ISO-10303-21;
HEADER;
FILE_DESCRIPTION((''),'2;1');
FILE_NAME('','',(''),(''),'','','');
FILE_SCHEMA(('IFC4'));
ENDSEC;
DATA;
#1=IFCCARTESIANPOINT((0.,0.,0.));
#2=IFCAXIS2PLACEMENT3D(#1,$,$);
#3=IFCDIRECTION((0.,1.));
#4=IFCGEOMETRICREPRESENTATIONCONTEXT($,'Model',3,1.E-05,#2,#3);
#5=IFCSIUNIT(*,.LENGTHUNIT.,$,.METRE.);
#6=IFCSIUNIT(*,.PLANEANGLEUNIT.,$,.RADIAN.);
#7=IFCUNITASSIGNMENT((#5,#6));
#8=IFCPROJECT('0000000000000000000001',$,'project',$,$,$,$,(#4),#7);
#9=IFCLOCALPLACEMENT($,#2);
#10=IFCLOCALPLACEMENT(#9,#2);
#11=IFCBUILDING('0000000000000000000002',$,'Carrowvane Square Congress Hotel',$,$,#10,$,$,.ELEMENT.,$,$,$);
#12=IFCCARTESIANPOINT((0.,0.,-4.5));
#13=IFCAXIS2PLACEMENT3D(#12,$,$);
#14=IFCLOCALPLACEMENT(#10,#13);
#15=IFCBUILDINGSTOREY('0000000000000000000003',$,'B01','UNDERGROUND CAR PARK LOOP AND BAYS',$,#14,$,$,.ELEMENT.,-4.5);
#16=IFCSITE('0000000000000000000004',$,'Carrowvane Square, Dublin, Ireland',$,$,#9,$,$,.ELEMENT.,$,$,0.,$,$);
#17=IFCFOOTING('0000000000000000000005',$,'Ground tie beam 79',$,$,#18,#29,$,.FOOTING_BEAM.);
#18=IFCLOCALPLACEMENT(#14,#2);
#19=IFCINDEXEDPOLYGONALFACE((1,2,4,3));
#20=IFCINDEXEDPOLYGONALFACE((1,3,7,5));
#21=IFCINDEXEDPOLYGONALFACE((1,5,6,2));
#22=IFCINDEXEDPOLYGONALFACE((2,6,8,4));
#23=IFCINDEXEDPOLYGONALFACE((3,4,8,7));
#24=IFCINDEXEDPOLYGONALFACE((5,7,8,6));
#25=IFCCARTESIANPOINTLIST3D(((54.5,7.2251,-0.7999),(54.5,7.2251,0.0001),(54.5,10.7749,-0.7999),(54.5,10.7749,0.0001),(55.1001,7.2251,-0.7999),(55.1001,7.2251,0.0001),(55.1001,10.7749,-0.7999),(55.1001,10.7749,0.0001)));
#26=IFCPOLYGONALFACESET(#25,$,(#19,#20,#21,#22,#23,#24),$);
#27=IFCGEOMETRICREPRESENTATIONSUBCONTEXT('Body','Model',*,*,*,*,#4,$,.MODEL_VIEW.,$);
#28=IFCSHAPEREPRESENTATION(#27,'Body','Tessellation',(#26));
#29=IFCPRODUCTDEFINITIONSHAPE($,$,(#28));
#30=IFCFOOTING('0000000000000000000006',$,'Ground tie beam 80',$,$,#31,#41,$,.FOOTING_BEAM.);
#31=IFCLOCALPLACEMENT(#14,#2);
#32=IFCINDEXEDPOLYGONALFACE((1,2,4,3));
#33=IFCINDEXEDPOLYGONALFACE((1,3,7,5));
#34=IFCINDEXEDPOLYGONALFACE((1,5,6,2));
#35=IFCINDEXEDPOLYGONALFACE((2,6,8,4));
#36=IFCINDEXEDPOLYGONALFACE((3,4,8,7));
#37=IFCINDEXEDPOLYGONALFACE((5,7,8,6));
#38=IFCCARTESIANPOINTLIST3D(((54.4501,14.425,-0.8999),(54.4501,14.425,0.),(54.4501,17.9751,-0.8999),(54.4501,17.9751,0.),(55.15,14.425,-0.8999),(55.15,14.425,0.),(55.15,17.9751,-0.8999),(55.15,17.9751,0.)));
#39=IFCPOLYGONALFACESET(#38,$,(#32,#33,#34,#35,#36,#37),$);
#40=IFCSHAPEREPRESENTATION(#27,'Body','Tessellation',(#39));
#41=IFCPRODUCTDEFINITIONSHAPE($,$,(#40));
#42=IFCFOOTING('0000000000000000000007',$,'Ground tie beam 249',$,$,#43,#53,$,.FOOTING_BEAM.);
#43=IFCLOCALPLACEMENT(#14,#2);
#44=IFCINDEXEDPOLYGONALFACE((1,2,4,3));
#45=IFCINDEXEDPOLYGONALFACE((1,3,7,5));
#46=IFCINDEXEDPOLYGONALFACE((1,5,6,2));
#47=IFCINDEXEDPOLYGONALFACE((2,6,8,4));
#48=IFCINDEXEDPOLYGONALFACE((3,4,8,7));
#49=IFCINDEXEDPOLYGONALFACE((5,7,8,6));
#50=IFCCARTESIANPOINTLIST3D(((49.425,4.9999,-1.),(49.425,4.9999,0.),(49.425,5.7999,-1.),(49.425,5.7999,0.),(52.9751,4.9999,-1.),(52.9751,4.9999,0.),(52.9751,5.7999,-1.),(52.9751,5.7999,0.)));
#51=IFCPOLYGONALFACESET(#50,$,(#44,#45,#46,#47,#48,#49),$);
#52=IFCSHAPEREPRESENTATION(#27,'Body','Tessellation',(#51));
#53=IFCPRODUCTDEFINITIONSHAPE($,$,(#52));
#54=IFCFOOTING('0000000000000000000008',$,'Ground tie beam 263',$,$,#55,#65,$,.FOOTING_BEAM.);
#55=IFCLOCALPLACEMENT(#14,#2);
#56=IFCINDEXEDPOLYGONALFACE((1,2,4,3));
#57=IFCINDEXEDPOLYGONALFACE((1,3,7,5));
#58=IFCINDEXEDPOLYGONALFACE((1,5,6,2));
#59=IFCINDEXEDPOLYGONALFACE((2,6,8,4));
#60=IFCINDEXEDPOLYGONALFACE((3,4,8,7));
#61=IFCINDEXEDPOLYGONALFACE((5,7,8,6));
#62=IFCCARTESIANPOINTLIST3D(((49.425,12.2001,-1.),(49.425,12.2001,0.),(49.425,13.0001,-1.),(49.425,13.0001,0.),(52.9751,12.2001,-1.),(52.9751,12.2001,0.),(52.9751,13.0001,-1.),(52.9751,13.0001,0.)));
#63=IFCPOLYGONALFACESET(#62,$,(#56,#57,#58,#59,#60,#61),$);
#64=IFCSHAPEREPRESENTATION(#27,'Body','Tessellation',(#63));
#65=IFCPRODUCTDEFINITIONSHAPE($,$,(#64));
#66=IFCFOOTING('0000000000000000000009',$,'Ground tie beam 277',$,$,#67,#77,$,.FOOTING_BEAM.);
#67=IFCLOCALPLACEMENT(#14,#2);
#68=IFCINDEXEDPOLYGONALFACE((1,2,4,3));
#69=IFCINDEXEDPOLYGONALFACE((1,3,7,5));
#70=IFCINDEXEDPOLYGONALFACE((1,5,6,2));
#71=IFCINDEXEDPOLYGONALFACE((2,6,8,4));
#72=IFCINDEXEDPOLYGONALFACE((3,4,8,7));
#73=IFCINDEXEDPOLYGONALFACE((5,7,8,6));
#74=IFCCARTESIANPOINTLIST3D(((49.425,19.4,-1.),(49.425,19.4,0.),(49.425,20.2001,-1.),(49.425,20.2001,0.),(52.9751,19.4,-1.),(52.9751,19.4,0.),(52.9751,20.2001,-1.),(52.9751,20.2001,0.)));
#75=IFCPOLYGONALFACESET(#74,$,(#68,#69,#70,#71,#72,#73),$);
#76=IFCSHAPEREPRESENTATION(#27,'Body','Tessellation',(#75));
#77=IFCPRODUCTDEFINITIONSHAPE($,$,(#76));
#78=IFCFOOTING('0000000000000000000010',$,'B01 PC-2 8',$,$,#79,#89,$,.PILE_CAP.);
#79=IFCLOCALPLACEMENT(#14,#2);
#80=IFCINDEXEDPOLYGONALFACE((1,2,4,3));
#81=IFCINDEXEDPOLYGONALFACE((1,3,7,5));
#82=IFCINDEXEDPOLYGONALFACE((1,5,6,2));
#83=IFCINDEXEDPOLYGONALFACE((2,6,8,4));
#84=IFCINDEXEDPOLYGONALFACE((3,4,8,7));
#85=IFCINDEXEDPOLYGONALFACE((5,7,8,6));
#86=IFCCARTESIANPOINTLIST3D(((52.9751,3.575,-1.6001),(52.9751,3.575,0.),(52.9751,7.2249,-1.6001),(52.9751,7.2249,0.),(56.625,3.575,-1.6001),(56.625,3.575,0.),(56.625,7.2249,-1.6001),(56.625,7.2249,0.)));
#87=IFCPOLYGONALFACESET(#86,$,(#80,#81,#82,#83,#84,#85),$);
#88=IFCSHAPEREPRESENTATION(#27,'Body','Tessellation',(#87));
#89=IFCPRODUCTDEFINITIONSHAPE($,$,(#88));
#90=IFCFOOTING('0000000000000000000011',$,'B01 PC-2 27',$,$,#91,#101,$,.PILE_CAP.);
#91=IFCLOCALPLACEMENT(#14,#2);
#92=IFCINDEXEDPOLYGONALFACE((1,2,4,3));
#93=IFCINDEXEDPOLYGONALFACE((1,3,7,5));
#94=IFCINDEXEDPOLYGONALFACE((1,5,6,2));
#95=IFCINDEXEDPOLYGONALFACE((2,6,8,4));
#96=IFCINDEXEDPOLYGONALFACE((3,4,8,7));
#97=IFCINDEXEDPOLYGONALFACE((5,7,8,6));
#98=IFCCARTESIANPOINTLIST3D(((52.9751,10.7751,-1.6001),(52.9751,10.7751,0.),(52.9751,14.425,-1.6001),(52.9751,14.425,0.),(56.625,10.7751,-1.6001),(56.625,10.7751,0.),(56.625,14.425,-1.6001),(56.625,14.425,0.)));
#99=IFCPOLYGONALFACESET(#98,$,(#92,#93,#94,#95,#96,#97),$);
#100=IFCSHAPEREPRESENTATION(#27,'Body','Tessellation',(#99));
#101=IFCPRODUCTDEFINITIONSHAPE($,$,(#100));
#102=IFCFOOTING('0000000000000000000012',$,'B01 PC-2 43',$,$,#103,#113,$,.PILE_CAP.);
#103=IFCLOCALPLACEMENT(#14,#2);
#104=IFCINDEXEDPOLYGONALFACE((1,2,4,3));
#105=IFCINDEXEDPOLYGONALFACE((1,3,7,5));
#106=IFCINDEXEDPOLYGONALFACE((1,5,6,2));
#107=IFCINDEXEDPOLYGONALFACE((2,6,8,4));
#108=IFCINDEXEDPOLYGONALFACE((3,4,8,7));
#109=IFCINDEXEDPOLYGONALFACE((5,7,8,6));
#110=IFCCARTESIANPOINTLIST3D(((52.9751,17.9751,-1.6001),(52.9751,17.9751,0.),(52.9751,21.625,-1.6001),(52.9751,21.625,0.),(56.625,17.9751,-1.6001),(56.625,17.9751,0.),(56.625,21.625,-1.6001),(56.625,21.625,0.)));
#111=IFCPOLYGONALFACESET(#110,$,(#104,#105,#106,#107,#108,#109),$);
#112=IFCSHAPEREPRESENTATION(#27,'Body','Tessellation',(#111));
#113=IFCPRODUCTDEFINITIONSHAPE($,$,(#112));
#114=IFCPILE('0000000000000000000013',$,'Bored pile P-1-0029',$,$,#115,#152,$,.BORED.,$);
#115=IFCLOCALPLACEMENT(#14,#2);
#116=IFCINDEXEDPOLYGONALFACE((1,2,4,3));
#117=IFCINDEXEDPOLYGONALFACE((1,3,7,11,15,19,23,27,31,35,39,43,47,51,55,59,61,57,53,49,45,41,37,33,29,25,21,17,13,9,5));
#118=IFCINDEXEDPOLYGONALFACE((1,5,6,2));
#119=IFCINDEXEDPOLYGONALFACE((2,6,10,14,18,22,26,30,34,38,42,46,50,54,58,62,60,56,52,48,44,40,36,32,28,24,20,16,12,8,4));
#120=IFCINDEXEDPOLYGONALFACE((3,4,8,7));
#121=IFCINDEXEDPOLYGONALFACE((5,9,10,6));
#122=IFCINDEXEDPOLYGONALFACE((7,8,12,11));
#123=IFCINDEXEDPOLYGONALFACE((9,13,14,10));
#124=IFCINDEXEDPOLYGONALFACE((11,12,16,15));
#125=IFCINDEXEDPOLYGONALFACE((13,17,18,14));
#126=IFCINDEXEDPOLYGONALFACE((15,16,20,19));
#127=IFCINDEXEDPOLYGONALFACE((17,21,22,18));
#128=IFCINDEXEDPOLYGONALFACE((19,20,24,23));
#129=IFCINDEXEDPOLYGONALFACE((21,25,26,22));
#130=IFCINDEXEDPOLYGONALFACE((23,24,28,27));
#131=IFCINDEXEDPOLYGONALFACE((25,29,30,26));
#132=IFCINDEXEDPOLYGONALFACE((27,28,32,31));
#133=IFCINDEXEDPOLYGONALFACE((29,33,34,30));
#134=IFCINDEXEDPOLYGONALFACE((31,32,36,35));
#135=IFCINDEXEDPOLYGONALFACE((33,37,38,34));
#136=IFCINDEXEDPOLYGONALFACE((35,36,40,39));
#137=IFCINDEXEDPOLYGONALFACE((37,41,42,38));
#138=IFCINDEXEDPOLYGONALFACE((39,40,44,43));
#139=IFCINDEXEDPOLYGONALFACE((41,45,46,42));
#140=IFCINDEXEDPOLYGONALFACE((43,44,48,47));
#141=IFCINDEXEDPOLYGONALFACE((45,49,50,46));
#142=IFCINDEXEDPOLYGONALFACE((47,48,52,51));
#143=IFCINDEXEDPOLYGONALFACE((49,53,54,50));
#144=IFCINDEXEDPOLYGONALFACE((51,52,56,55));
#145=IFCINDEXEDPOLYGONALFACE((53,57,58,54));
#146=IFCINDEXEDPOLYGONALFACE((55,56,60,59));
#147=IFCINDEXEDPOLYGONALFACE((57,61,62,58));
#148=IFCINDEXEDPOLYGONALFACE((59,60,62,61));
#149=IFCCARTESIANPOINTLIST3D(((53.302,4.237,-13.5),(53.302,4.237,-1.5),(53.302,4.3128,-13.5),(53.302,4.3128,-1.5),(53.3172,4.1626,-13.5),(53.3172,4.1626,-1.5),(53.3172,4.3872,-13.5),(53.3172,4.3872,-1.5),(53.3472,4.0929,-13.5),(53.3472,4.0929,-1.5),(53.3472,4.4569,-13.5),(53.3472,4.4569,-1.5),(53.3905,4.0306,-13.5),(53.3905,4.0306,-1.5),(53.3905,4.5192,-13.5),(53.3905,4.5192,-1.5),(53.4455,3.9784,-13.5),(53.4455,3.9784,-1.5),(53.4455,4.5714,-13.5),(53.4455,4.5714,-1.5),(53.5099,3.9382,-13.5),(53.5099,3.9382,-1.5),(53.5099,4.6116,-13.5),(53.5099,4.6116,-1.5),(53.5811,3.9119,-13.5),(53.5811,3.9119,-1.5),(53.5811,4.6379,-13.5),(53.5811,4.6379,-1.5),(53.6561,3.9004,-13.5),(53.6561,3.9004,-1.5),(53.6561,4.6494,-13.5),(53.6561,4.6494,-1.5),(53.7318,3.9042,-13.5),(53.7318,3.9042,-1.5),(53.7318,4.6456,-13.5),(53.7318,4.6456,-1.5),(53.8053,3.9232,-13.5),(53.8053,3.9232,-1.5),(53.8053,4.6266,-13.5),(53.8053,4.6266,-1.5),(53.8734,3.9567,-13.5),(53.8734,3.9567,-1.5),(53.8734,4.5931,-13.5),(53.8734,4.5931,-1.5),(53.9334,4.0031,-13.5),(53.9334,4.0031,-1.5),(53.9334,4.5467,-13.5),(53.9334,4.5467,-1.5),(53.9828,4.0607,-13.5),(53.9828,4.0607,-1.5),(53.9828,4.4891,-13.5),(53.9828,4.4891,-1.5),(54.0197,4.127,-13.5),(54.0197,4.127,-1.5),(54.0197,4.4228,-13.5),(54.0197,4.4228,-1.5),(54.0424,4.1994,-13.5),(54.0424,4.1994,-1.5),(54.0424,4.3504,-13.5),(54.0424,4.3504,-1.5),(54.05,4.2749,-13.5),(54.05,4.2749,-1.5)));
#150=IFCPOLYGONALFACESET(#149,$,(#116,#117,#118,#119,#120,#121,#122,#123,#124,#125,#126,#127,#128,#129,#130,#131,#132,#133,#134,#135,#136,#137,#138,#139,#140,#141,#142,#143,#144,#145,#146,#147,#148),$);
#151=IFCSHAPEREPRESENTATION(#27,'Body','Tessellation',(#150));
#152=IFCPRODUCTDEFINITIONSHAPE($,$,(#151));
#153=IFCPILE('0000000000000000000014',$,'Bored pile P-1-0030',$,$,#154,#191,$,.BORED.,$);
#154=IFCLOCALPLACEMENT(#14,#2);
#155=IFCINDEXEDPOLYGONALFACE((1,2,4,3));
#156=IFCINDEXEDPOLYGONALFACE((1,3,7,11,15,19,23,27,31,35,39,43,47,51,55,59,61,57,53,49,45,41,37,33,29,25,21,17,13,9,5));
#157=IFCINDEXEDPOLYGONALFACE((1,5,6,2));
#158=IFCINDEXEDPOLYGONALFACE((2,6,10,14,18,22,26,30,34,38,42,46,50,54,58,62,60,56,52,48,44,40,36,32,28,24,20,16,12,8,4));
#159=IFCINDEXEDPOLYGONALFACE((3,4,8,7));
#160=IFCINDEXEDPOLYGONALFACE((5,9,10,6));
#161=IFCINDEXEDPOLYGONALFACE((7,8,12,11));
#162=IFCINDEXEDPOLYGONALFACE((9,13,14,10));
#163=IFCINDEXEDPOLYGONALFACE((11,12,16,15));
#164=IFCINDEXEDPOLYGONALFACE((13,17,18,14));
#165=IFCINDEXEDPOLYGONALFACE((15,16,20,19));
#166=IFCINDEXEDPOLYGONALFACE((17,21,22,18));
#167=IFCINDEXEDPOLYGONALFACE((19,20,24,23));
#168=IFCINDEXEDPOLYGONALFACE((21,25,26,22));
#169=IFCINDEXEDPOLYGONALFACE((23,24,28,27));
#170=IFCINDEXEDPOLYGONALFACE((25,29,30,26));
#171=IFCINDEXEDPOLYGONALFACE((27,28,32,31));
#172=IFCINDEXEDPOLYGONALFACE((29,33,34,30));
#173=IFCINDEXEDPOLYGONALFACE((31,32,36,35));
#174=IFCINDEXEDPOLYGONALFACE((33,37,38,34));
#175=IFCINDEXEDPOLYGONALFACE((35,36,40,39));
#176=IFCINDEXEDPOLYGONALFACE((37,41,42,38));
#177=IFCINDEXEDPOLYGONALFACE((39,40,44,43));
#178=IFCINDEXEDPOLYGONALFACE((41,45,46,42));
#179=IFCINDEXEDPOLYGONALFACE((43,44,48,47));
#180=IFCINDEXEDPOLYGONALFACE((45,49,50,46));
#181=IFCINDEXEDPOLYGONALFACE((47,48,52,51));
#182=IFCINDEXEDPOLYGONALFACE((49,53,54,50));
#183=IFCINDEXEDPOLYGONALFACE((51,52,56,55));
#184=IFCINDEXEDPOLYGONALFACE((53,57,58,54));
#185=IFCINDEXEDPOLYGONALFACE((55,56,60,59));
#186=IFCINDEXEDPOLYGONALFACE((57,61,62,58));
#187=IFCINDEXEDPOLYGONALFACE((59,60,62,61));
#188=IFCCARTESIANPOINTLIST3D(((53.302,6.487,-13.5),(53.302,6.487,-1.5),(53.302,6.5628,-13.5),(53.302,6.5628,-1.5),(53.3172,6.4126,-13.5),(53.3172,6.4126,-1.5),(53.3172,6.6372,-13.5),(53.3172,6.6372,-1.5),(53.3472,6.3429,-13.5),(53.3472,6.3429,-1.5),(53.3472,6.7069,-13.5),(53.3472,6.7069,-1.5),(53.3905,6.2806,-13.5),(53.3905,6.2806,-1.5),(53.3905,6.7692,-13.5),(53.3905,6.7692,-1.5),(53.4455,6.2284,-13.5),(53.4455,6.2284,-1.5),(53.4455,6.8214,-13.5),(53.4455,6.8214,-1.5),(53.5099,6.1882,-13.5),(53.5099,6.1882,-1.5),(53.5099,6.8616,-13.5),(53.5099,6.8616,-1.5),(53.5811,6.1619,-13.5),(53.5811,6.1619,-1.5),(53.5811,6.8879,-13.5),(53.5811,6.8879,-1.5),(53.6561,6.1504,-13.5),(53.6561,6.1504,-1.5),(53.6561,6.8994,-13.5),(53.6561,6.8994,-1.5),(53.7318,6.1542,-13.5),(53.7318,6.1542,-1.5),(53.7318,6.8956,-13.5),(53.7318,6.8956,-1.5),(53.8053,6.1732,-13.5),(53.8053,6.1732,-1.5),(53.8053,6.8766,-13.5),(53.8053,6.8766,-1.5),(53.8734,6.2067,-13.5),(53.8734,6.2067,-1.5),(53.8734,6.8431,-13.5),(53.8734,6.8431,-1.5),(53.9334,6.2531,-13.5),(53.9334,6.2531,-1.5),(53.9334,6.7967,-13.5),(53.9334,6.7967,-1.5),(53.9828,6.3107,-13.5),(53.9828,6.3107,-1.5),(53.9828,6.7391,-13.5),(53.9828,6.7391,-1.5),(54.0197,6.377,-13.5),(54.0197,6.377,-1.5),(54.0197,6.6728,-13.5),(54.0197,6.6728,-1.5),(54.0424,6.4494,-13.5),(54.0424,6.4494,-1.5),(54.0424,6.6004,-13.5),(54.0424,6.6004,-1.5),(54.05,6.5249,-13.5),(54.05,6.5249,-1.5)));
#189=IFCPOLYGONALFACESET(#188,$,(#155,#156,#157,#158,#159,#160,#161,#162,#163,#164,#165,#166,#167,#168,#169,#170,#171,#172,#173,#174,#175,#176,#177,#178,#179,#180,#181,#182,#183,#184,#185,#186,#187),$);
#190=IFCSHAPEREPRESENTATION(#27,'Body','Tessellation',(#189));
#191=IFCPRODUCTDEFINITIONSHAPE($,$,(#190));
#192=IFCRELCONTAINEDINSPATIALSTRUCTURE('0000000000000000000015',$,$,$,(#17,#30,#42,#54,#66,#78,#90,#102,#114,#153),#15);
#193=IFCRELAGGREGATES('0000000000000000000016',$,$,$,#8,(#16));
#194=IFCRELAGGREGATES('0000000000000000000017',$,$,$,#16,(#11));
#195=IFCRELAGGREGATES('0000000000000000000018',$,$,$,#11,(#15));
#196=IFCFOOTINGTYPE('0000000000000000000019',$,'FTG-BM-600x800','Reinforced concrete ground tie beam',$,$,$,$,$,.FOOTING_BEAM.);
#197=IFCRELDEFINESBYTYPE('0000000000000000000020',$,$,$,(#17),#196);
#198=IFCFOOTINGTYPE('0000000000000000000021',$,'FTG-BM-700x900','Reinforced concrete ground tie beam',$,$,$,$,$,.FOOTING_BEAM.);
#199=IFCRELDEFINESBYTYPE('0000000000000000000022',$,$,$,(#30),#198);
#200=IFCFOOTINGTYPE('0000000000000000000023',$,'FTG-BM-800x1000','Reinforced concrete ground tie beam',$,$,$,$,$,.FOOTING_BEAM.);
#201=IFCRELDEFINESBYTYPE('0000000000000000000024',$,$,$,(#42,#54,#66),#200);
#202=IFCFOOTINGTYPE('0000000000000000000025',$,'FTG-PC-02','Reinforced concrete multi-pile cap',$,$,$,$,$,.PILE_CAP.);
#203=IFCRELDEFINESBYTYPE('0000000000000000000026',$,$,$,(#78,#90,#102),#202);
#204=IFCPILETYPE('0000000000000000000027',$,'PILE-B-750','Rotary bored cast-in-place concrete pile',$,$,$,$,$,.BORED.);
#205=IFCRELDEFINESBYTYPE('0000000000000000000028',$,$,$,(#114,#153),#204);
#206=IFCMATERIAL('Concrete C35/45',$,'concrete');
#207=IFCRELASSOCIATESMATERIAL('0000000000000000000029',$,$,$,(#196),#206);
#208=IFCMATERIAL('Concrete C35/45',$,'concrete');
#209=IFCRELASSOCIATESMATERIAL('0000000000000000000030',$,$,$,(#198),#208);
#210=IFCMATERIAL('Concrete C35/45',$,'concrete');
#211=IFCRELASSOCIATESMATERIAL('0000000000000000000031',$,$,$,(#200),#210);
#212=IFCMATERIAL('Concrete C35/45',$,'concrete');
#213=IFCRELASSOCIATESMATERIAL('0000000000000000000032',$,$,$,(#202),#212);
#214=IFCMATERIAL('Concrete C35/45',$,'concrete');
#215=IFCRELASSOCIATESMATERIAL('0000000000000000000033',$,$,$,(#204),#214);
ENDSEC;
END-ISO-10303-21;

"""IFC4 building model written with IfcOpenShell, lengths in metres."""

from ifc_helpers import new_model, si_unit, direction, frame, origin, origin_2d, place, context, subcontext, project, spatial, rectangle, circle, extrude, material, material_profile, profile_set, type_object, element, save


model = new_model("IFC4")

# Units and contexts
model_context = context("Model", 3, precision=1e-05, world=origin(), true_north=direction((0.0, 1.0)))
body_context = subcontext(model_context, "Body", "Model", "MODEL_VIEW")
ifc_project = project(units=[si_unit("LENGTHUNIT", "METRE"), si_unit("PLANEANGLEUNIT", "RADIAN")], contexts=[model_context])

# Site, building, storey
site_placement = place(None, origin())
site = spatial("IfcSite", under=ifc_project, at=site_placement, Name="Carrowvane Square, Dublin, Ireland", CompositionType="ELEMENT", RefElevation=0.0)
building_placement = place(site_placement, origin())
building = spatial("IfcBuilding", under=site, at=building_placement, Name="Carrowvane Square Congress Hotel", CompositionType="ELEMENT")
storey_placement = place(building_placement, frame((0.0, 0.0, -4.5)))
storey = spatial("IfcBuildingStorey", under=building, at=storey_placement, Name="B01", Description="UNDERGROUND CAR PARK LOOP AND BAYS", CompositionType="ELEMENT", Elevation=-4.5)

# Footings
ifc_material_1 = material(Name="Concrete C35/45", Category="concrete")
ifc_material_profile_1 = material_profile(ifc_material_1, rectangle(XDim=0.6001, YDim=0.8, at=origin_2d()), Name="RC 600x800")
ifc_profile_set_1 = profile_set([ifc_material_profile_1], Name="Concrete C35/45")
footing_type_1 = type_object("IfcFootingType", Name="FTG-BM-600x800", Description="Reinforced concrete ground tie beam", PredefinedType="FOOTING_BEAM", material=ifc_profile_set_1)
footing_1_placement = place(storey_placement, frame((54.8, 7.2251, -0.3999), z_axis=(0.0, 1.0, 0.0), x_axis=(-1.0, 0.0, 0.0)))
element("IfcFooting", 1, at=footing_1_placement, inside=storey, type_object=footing_type_1, Name="Ground tie beam 79", PredefinedType="FOOTING_BEAM", context=body_context, shape_type="SweptSolid", body=[
    extrude(rectangle(XDim=0.6001, YDim=0.8, at=origin_2d()), origin(), (0.0, 0.0, 1.0), 3.5498),
])
ifc_material_2 = material(Name="Concrete C35/45", Category="concrete")
ifc_material_profile_2 = material_profile(ifc_material_2, rectangle(XDim=0.7, YDim=0.8999, at=origin_2d()), Name="RC 700x900")
ifc_profile_set_2 = profile_set([ifc_material_profile_2], Name="Concrete C35/45")
footing_type_2 = type_object("IfcFootingType", Name="FTG-BM-700x900", Description="Reinforced concrete ground tie beam", PredefinedType="FOOTING_BEAM", material=ifc_profile_set_2)
footing_2_placement = place(storey_placement, frame((54.8, 14.425, -0.45), z_axis=(0.0, 1.0, 0.0), x_axis=(-1.0, 0.0, 0.0)))
element("IfcFooting", 2, at=footing_2_placement, inside=storey, type_object=footing_type_2, Name="Ground tie beam 80", PredefinedType="FOOTING_BEAM", context=body_context, shape_type="SweptSolid", body=[
    extrude(rectangle(XDim=0.7, YDim=0.8999, at=origin_2d()), origin(), (0.0, 0.0, 1.0), 3.55),
])
ifc_material_3 = material(Name="Concrete C35/45", Category="concrete")
ifc_material_profile_3 = material_profile(ifc_material_3, rectangle(XDim=0.8, YDim=1.0, at=origin_2d()), Name="RC 800x1000")
ifc_profile_set_3 = profile_set([ifc_material_profile_3], Name="Concrete C35/45")
footing_type_3 = type_object("IfcFootingType", Name="FTG-BM-800x1000", Description="Reinforced concrete ground tie beam", PredefinedType="FOOTING_BEAM", material=ifc_profile_set_3)
for number, where, z_axis, x_axis, name in (
    (3, (49.425, 5.3999, -0.5), (1.0, 0.0, 0.0), (0.0, 1.0, 0.0), "Ground tie beam 249"),
    (4, (49.425, 12.6001, -0.5), (1.0, 0.0, 0.0), (0.0, 1.0, 0.0), "Ground tie beam 263"),
    (5, (49.425, 19.8, -0.5), (1.0, 0.0, 0.0), (0.0, 1.0, 0.0), "Ground tie beam 277"),
):
    element("IfcFooting", number, at=place(storey_placement, frame(where, z_axis=z_axis, x_axis=x_axis)), inside=storey, type_object=footing_type_3, Name=name, PredefinedType="FOOTING_BEAM", context=body_context, shape_type="SweptSolid", body=[
        extrude(rectangle(XDim=0.8, YDim=1.0, at=origin_2d()), origin(), (0.0, 0.0, 1.0), 3.55),
    ])
ifc_material_4 = material(Name="Concrete C35/45", Category="concrete")
footing_type_4 = type_object("IfcFootingType", Name="FTG-PC-02", Description="Reinforced concrete multi-pile cap", PredefinedType="PILE_CAP", material=ifc_material_4)
for number, where, z_axis, x_axis, name in (
    (6, (54.8, 5.3999, -1.6001), (0.0, 0.0, 1.0), (1.0, 0.0, 0.0), "B01 PC-2 8"),
    (7, (54.8, 12.6001, -1.6001), (0.0, 0.0, 1.0), (1.0, 0.0, 0.0), "B01 PC-2 27"),
    (8, (54.8, 19.8, -1.6001), (0.0, 0.0, 1.0), (1.0, 0.0, 0.0), "B01 PC-2 43"),
):
    element("IfcFooting", number, at=place(storey_placement, frame(where, z_axis=z_axis, x_axis=x_axis)), inside=storey, type_object=footing_type_4, Name=name, PredefinedType="PILE_CAP", context=body_context, shape_type="SweptSolid", body=[
        extrude(rectangle(XDim=3.6499, YDim=3.6499, at=origin_2d()), origin(), (0.0, 0.0, 1.0), 1.6001),
    ])

# Piles
ifc_material_5 = material(Name="Concrete C35/45", Category="concrete")
ifc_material_profile_4 = material_profile(ifc_material_5, circle(Radius=0.375, at=origin_2d()), Name="PILE D750")
ifc_profile_set_4 = profile_set([ifc_material_profile_4], Name="Concrete C35/45")
pile_type = type_object("IfcPileType", Name="PILE-B-750", Description="Rotary bored cast-in-place concrete pile", PredefinedType="BORED", material=ifc_profile_set_4)
for number, where, z_axis, x_axis, name in (
    (9, (53.675, 4.2749, -1.5), (0.0, 0.0, -1.0), (1.0, 0.0, 0.0), "Bored pile P-1-0029"),
    (10, (53.675, 6.5249, -1.5), (0.0, 0.0, -1.0), (1.0, 0.0, 0.0), "Bored pile P-1-0030"),
):
    element("IfcPile", number, at=place(storey_placement, frame(where, z_axis=z_axis, x_axis=x_axis)), inside=storey, type_object=pile_type, Name=name, PredefinedType="BORED", context=body_context, shape_type="SweptSolid", body=[
        extrude(circle(Radius=0.375, at=origin_2d()), origin(), (0.0, 0.0, 1.0), 12.0),
    ])

save(model, "model.ifc")
